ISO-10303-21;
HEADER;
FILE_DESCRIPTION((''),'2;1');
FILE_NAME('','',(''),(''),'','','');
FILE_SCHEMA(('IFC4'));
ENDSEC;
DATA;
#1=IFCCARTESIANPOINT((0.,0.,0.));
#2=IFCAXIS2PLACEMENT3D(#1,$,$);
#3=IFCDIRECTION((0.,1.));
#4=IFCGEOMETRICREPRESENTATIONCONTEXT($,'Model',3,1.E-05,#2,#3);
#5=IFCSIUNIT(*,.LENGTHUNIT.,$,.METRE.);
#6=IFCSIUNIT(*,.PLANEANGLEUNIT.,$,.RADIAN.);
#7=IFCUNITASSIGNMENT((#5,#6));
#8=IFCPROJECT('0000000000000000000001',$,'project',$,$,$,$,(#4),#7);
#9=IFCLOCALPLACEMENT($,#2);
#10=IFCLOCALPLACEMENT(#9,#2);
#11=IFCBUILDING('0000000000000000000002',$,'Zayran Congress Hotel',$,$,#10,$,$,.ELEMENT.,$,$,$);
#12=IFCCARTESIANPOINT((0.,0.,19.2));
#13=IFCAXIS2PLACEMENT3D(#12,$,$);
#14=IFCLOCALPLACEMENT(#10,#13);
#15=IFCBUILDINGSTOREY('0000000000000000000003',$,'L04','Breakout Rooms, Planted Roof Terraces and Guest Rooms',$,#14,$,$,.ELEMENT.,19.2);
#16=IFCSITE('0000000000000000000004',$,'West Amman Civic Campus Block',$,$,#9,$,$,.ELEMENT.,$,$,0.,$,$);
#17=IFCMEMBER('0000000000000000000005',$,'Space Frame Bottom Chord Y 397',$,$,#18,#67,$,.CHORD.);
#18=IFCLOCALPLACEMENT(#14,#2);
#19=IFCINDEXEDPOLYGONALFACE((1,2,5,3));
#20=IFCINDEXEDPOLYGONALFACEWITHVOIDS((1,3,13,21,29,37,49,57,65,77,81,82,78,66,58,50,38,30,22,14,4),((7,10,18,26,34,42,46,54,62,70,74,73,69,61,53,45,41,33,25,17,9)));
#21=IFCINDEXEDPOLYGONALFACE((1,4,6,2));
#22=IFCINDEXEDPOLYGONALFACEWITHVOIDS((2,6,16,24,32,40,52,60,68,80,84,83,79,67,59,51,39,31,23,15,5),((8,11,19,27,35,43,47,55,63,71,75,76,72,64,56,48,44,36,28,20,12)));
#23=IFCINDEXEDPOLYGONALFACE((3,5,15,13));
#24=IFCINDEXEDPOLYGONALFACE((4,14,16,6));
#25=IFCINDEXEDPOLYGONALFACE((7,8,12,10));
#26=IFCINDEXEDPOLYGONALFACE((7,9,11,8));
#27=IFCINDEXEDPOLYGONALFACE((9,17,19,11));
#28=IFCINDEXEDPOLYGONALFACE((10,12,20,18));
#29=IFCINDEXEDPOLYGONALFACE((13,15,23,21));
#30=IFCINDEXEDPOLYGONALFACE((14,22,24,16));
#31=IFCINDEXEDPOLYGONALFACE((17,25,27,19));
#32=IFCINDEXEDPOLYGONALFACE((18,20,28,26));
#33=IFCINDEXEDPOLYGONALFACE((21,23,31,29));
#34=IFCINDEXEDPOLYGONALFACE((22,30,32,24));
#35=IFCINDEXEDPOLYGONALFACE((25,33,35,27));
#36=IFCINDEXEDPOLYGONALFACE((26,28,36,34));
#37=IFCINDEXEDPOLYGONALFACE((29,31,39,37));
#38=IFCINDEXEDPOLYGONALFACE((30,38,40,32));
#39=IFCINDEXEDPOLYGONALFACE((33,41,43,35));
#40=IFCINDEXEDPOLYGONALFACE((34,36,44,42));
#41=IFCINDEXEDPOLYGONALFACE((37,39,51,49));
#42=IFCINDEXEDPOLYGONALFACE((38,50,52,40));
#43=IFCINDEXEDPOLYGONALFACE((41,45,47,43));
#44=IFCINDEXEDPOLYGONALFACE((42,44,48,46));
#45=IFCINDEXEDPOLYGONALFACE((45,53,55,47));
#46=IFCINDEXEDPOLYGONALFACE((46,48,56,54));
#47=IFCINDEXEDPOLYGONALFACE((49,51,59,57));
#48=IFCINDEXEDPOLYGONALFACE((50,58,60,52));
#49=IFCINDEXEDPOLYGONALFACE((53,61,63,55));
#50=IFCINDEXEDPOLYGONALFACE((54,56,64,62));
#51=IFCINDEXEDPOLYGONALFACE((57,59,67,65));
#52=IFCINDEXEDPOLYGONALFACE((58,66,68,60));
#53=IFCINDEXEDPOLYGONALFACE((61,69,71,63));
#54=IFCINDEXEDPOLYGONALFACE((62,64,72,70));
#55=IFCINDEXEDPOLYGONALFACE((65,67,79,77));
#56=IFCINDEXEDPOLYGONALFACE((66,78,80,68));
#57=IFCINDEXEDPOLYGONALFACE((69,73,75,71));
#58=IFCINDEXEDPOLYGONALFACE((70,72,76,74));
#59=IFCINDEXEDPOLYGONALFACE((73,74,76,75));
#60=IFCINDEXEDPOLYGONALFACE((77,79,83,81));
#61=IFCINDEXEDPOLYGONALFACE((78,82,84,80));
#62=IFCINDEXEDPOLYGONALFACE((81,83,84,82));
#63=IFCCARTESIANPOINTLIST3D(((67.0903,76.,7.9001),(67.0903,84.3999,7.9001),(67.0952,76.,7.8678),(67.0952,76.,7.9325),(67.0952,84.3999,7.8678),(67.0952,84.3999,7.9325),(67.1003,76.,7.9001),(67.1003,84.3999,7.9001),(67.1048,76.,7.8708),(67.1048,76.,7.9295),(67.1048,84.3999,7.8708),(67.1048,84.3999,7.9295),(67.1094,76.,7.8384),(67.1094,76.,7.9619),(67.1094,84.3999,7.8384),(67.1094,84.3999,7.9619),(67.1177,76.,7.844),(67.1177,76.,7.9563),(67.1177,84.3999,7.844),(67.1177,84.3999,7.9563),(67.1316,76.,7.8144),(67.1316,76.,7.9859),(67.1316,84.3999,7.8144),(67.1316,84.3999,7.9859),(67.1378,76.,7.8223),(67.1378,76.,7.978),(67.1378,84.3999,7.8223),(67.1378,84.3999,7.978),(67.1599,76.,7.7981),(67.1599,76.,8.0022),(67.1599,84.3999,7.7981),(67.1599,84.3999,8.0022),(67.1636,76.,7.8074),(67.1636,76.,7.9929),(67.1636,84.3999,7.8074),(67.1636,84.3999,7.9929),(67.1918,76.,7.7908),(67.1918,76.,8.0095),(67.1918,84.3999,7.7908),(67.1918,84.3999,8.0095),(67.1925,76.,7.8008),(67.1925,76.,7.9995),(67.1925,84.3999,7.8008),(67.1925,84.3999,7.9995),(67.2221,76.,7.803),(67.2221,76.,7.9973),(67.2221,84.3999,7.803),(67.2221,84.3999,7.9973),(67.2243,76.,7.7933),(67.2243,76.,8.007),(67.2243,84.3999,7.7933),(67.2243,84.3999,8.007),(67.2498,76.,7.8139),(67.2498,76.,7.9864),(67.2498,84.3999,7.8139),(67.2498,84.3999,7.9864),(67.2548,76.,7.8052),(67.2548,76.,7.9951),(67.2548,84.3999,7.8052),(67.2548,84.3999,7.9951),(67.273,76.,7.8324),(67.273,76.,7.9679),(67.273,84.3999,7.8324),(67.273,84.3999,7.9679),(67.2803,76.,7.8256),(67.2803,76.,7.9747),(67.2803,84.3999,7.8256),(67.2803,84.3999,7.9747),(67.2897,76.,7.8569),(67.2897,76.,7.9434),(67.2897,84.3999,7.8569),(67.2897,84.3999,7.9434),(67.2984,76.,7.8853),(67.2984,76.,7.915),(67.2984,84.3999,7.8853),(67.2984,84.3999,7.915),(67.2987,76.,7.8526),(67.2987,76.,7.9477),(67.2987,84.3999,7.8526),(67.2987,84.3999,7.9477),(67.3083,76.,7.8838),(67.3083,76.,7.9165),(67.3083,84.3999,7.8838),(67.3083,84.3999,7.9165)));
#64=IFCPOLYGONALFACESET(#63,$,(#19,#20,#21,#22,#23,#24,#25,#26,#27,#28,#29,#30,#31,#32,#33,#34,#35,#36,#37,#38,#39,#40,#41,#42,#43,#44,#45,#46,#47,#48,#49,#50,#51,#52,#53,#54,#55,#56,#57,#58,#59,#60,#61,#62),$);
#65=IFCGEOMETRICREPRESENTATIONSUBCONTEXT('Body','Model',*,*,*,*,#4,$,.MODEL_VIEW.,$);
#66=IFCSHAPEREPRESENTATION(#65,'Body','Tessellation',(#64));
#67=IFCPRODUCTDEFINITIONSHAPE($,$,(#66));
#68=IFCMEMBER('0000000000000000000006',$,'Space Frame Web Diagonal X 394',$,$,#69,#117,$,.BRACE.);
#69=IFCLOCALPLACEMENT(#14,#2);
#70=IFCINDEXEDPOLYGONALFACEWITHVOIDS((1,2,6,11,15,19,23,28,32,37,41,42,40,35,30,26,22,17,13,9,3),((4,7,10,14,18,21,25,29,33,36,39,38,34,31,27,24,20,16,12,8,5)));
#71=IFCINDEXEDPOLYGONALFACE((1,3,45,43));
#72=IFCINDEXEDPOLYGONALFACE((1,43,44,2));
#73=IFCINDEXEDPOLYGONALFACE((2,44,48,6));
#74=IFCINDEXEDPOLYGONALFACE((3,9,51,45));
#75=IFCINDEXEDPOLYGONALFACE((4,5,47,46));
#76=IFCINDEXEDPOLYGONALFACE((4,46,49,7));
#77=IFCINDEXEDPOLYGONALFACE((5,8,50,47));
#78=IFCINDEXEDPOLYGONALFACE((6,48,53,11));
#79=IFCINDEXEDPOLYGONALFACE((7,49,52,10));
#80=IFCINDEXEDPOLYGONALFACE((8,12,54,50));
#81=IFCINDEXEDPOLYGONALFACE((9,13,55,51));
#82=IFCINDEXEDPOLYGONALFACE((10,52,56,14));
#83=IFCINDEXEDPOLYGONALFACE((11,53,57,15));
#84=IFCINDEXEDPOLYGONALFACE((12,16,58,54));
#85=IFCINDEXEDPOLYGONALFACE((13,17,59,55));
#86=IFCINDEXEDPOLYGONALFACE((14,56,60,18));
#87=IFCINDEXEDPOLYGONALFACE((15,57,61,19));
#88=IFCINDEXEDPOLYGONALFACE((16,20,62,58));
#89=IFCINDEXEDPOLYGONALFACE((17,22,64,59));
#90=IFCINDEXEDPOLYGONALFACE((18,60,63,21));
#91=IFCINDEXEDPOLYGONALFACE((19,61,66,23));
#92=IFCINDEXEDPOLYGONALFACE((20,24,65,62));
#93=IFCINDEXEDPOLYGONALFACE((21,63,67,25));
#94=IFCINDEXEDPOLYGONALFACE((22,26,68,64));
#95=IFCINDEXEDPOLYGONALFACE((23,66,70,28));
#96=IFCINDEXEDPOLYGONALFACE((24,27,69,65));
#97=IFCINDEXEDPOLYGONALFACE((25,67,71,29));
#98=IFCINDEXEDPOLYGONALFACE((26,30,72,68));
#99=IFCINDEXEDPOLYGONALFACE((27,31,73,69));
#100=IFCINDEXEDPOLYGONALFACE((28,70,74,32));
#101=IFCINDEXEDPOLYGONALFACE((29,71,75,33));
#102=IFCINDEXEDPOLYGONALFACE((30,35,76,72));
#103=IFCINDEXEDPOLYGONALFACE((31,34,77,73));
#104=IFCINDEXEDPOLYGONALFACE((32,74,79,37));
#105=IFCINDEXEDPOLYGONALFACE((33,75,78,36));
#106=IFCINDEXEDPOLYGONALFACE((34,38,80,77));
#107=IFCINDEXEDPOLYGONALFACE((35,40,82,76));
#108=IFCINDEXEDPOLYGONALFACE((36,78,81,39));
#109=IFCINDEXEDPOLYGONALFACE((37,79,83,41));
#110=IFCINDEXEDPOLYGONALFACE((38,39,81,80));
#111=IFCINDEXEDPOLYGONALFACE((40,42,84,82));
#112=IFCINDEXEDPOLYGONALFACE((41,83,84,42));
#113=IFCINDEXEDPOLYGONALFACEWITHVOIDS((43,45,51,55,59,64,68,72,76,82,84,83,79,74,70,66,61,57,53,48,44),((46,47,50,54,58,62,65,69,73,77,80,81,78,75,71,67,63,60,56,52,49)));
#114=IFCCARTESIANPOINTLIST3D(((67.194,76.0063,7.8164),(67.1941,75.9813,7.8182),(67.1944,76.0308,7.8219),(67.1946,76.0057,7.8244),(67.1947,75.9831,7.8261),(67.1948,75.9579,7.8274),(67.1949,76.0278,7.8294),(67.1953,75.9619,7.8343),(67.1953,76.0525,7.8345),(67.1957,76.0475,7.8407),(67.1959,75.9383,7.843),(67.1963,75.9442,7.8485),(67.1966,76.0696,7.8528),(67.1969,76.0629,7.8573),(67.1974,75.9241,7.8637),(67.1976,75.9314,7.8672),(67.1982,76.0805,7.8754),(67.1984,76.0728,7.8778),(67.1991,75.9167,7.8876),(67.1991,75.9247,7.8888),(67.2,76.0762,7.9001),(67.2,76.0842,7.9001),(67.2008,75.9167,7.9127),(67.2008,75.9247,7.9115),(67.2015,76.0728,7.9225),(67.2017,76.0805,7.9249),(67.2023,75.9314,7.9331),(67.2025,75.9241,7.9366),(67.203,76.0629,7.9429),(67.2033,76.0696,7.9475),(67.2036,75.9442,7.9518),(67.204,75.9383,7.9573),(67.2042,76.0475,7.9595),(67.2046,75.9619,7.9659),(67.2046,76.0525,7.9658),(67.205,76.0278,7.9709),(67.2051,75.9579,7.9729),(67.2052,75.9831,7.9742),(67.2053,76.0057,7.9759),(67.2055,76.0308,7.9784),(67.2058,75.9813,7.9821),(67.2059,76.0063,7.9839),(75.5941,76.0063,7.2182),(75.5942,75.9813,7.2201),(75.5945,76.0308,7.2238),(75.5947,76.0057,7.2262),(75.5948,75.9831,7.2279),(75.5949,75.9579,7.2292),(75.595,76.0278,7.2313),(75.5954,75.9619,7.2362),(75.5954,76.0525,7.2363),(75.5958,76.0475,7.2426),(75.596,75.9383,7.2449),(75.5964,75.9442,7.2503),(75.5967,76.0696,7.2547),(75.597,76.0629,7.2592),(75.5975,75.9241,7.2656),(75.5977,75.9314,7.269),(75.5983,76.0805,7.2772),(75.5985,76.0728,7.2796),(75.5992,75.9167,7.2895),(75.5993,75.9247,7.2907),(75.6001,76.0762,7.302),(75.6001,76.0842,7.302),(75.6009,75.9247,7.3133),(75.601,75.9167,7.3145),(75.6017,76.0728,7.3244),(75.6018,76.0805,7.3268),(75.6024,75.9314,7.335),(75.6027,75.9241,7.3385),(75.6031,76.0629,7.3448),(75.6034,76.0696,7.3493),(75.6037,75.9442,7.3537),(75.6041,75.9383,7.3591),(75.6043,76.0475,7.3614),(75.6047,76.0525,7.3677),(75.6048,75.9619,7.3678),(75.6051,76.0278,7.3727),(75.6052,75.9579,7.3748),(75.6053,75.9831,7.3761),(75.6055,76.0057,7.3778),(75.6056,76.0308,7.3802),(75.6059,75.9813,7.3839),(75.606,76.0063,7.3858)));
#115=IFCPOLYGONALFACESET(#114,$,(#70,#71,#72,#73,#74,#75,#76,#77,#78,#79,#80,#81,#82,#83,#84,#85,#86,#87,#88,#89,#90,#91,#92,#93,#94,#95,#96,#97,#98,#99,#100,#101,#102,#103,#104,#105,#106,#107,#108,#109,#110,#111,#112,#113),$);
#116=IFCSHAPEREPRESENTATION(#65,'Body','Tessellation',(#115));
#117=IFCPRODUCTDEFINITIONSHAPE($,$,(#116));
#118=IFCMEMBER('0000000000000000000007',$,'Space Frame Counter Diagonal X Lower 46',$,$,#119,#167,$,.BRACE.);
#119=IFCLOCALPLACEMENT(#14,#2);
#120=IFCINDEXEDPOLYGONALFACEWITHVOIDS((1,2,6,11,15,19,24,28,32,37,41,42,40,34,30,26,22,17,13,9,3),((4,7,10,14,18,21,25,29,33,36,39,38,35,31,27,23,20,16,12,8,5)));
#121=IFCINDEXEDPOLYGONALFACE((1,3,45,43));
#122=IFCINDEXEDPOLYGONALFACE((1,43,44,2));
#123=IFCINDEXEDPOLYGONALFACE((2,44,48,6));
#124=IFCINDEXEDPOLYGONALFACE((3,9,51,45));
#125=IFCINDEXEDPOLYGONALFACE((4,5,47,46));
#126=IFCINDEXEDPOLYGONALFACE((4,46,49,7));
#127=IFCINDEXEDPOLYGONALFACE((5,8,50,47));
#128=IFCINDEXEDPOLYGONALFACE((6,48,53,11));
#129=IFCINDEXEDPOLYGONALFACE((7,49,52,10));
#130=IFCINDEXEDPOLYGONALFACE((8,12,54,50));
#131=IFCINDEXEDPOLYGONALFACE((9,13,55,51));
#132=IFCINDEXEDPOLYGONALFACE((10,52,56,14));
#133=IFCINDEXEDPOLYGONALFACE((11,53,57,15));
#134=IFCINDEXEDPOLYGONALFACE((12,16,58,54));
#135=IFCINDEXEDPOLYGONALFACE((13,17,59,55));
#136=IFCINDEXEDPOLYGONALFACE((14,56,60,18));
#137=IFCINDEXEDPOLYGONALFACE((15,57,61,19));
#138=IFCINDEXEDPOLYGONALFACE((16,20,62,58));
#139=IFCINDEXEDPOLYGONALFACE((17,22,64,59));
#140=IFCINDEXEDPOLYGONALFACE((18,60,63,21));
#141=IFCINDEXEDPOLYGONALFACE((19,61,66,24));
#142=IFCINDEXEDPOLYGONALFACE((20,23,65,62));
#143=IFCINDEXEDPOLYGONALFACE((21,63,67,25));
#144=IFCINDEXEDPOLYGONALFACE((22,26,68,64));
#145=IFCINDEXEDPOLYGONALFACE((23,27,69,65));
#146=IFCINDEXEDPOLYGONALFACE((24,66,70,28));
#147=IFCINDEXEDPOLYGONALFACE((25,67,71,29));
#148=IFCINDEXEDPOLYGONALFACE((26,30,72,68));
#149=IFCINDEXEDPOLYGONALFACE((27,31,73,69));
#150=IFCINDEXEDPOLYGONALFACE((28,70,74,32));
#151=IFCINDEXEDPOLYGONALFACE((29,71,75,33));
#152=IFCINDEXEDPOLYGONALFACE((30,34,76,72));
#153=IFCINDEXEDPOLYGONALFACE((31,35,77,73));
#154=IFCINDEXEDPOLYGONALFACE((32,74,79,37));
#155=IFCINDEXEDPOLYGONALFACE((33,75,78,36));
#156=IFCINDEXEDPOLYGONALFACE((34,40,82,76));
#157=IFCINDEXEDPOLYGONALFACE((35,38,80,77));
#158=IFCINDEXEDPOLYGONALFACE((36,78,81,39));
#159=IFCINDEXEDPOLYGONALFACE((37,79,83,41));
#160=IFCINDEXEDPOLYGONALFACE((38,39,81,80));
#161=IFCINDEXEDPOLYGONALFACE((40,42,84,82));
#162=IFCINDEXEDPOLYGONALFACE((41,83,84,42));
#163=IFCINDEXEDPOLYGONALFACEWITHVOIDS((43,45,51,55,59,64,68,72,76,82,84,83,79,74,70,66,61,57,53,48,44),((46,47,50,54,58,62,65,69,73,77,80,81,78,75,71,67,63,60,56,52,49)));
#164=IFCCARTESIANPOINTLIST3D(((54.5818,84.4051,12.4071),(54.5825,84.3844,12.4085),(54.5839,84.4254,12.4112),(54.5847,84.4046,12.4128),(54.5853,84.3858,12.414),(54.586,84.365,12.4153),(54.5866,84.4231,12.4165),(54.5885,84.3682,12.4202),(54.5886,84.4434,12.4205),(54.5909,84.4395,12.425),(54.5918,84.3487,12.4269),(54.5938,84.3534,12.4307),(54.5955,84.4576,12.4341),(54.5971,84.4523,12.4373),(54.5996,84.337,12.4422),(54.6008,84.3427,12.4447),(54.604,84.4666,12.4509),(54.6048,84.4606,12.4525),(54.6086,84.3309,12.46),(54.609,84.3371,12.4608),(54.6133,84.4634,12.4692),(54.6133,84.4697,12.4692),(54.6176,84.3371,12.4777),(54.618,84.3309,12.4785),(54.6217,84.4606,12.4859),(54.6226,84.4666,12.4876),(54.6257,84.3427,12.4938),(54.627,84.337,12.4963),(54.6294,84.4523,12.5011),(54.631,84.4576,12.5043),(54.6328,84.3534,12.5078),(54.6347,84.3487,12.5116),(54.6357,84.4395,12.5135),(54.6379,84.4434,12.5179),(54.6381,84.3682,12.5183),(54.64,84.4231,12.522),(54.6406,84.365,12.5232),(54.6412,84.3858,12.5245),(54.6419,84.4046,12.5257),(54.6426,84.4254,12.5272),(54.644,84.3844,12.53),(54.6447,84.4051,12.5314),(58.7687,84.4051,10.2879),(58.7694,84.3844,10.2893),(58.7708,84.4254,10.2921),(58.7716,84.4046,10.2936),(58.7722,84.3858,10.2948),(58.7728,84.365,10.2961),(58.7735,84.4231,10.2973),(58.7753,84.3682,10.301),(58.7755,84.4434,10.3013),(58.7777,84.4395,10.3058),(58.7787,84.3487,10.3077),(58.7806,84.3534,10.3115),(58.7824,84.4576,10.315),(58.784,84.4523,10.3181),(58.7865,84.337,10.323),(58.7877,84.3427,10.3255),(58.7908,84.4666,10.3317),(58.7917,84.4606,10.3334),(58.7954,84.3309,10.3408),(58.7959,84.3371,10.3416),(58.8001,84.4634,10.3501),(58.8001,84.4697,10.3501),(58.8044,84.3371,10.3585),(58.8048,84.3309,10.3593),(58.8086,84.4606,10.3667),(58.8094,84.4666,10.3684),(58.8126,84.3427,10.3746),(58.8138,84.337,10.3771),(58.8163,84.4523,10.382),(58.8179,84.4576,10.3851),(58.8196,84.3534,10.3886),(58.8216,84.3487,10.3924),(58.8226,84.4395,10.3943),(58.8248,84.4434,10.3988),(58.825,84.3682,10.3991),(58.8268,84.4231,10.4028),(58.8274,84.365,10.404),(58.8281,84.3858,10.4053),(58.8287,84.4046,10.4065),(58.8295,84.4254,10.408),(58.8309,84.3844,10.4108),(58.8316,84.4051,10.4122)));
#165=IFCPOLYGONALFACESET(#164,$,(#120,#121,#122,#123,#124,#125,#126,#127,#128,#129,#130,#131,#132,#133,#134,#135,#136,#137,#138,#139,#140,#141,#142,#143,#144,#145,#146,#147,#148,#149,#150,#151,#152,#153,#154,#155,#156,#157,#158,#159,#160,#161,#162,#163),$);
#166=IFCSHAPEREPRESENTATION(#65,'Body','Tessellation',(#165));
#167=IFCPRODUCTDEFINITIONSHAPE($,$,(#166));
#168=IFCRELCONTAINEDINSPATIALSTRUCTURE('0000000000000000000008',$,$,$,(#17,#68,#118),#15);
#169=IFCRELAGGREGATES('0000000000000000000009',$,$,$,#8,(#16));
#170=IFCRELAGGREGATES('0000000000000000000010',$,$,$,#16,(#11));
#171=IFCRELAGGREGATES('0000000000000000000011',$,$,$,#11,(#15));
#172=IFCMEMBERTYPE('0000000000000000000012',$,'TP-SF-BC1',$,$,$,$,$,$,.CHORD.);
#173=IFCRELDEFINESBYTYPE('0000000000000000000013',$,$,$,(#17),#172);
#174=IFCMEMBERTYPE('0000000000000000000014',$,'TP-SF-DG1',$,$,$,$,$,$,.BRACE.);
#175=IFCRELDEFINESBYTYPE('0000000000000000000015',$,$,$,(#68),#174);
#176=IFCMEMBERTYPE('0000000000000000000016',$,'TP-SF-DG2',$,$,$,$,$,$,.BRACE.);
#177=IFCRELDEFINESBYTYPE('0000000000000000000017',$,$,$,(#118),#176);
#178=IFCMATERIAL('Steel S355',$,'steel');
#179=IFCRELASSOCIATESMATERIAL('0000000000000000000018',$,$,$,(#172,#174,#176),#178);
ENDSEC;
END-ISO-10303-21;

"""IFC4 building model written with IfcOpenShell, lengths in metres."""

from ifc_helpers import new_model, si_unit, direction, frame, origin, origin_2d, place, context, subcontext, project, spatial, hollow_circle, extrude, material, material_profile, profile_set, type_object, element, save


model = new_model("IFC4")

# Units and contexts
model_context = context("Model", 3, precision=1e-05, world=origin(), true_north=direction((0.0, 1.0)))
body_context = subcontext(model_context, "Body", "Model", "MODEL_VIEW")
ifc_project = project(units=[si_unit("LENGTHUNIT", "METRE"), si_unit("PLANEANGLEUNIT", "RADIAN")], contexts=[model_context])

# Site, building, storey
site_placement = place(None, origin())
site = spatial("IfcSite", under=ifc_project, at=site_placement, Name="West Amman Civic Campus Block", CompositionType="ELEMENT", RefElevation=0.0)
building_placement = place(site_placement, origin())
building = spatial("IfcBuilding", under=site, at=building_placement, Name="Zayran Congress Hotel", CompositionType="ELEMENT")
storey_placement = place(building_placement, frame((0.0, 0.0, 19.2)))
storey = spatial("IfcBuildingStorey", under=building, at=storey_placement, Name="L04", Description="Breakout Rooms, Planted Roof Terraces and Guest Rooms", CompositionType="ELEMENT", Elevation=19.2)

# Members
ifc_material_1 = material(Name="Steel S355", Category="steel")
ifc_material_profile_1 = material_profile(ifc_material_1, hollow_circle(Radius=0.1096, WallThickness=0.01, at=origin_2d()), Name="CHS 219.1x10")
ifc_profile_set_1 = profile_set([ifc_material_profile_1], Name="Steel S355")
member_type_1 = type_object("IfcMemberType", Name="TP-SF-BC1", PredefinedType="CHORD", material=ifc_profile_set_1)
member_1_placement = place(storey_placement, frame((67.2, 76.0, 7.9001), z_axis=(0.0, 1.0, 0.0), x_axis=(-1.0, 0.0, 0.0)))
element("IfcMember", 1, at=member_1_placement, inside=storey, type_object=member_type_1, Name="Space Frame Bottom Chord Y 397", PredefinedType="CHORD", context=body_context, shape_type="SweptSolid", body=[
    extrude(hollow_circle(Radius=0.1096, WallThickness=0.01, at=origin_2d()), origin(), (0.0, 0.0, 1.0), 8.3999),
])
ifc_material_profile_2 = material_profile(ifc_material_1, hollow_circle(Radius=0.0842, WallThickness=0.0081, at=origin_2d()), Name="CHS 168.3x8")
ifc_profile_set_2 = profile_set([ifc_material_profile_2], Name="Steel S355")
member_type_2 = type_object("IfcMemberType", Name="TP-SF-DG1", PredefinedType="BRACE", material=ifc_profile_set_2)
member_2_placement = place(storey_placement, frame((67.2, 76.0, 7.9001), z_axis=(0.997474, 0.0, -0.071027), x_axis=(0.0, 1.0, 0.0)))
element("IfcMember", 2, at=member_2_placement, inside=storey, type_object=member_type_2, Name="Space Frame Web Diagonal X 394", PredefinedType="BRACE", context=body_context, shape_type="SweptSolid", body=[
    extrude(hollow_circle(Radius=0.0842, WallThickness=0.0081, at=origin_2d()), origin(), (0.0, 0.0, 1.0), 8.4214),
])
ifc_material_profile_3 = material_profile(ifc_material_1, hollow_circle(Radius=0.0698, WallThickness=0.0063, at=origin_2d()), Name="CHS 139.7x6.3")
ifc_profile_set_3 = profile_set([ifc_material_profile_3], Name="Steel S355")
member_type_3 = type_object("IfcMemberType", Name="TP-SF-DG2", PredefinedType="BRACE", material=ifc_profile_set_3)
member_3_placement = place(storey_placement, frame((54.6133, 84.3999, 12.4692), z_axis=(0.892221, 0.0, -0.451599), x_axis=(0.0, 1.0, 0.0)))
element("IfcMember", 3, at=member_3_placement, inside=storey, type_object=member_type_3, Name="Space Frame Counter Diagonal X Lower 46", PredefinedType="BRACE", context=body_context, shape_type="SweptSolid", body=[
    extrude(hollow_circle(Radius=0.0698, WallThickness=0.0063, at=origin_2d()), origin(), (0.0, 0.0, 1.0), 4.6926),
])

save(model, "model.ifc")
